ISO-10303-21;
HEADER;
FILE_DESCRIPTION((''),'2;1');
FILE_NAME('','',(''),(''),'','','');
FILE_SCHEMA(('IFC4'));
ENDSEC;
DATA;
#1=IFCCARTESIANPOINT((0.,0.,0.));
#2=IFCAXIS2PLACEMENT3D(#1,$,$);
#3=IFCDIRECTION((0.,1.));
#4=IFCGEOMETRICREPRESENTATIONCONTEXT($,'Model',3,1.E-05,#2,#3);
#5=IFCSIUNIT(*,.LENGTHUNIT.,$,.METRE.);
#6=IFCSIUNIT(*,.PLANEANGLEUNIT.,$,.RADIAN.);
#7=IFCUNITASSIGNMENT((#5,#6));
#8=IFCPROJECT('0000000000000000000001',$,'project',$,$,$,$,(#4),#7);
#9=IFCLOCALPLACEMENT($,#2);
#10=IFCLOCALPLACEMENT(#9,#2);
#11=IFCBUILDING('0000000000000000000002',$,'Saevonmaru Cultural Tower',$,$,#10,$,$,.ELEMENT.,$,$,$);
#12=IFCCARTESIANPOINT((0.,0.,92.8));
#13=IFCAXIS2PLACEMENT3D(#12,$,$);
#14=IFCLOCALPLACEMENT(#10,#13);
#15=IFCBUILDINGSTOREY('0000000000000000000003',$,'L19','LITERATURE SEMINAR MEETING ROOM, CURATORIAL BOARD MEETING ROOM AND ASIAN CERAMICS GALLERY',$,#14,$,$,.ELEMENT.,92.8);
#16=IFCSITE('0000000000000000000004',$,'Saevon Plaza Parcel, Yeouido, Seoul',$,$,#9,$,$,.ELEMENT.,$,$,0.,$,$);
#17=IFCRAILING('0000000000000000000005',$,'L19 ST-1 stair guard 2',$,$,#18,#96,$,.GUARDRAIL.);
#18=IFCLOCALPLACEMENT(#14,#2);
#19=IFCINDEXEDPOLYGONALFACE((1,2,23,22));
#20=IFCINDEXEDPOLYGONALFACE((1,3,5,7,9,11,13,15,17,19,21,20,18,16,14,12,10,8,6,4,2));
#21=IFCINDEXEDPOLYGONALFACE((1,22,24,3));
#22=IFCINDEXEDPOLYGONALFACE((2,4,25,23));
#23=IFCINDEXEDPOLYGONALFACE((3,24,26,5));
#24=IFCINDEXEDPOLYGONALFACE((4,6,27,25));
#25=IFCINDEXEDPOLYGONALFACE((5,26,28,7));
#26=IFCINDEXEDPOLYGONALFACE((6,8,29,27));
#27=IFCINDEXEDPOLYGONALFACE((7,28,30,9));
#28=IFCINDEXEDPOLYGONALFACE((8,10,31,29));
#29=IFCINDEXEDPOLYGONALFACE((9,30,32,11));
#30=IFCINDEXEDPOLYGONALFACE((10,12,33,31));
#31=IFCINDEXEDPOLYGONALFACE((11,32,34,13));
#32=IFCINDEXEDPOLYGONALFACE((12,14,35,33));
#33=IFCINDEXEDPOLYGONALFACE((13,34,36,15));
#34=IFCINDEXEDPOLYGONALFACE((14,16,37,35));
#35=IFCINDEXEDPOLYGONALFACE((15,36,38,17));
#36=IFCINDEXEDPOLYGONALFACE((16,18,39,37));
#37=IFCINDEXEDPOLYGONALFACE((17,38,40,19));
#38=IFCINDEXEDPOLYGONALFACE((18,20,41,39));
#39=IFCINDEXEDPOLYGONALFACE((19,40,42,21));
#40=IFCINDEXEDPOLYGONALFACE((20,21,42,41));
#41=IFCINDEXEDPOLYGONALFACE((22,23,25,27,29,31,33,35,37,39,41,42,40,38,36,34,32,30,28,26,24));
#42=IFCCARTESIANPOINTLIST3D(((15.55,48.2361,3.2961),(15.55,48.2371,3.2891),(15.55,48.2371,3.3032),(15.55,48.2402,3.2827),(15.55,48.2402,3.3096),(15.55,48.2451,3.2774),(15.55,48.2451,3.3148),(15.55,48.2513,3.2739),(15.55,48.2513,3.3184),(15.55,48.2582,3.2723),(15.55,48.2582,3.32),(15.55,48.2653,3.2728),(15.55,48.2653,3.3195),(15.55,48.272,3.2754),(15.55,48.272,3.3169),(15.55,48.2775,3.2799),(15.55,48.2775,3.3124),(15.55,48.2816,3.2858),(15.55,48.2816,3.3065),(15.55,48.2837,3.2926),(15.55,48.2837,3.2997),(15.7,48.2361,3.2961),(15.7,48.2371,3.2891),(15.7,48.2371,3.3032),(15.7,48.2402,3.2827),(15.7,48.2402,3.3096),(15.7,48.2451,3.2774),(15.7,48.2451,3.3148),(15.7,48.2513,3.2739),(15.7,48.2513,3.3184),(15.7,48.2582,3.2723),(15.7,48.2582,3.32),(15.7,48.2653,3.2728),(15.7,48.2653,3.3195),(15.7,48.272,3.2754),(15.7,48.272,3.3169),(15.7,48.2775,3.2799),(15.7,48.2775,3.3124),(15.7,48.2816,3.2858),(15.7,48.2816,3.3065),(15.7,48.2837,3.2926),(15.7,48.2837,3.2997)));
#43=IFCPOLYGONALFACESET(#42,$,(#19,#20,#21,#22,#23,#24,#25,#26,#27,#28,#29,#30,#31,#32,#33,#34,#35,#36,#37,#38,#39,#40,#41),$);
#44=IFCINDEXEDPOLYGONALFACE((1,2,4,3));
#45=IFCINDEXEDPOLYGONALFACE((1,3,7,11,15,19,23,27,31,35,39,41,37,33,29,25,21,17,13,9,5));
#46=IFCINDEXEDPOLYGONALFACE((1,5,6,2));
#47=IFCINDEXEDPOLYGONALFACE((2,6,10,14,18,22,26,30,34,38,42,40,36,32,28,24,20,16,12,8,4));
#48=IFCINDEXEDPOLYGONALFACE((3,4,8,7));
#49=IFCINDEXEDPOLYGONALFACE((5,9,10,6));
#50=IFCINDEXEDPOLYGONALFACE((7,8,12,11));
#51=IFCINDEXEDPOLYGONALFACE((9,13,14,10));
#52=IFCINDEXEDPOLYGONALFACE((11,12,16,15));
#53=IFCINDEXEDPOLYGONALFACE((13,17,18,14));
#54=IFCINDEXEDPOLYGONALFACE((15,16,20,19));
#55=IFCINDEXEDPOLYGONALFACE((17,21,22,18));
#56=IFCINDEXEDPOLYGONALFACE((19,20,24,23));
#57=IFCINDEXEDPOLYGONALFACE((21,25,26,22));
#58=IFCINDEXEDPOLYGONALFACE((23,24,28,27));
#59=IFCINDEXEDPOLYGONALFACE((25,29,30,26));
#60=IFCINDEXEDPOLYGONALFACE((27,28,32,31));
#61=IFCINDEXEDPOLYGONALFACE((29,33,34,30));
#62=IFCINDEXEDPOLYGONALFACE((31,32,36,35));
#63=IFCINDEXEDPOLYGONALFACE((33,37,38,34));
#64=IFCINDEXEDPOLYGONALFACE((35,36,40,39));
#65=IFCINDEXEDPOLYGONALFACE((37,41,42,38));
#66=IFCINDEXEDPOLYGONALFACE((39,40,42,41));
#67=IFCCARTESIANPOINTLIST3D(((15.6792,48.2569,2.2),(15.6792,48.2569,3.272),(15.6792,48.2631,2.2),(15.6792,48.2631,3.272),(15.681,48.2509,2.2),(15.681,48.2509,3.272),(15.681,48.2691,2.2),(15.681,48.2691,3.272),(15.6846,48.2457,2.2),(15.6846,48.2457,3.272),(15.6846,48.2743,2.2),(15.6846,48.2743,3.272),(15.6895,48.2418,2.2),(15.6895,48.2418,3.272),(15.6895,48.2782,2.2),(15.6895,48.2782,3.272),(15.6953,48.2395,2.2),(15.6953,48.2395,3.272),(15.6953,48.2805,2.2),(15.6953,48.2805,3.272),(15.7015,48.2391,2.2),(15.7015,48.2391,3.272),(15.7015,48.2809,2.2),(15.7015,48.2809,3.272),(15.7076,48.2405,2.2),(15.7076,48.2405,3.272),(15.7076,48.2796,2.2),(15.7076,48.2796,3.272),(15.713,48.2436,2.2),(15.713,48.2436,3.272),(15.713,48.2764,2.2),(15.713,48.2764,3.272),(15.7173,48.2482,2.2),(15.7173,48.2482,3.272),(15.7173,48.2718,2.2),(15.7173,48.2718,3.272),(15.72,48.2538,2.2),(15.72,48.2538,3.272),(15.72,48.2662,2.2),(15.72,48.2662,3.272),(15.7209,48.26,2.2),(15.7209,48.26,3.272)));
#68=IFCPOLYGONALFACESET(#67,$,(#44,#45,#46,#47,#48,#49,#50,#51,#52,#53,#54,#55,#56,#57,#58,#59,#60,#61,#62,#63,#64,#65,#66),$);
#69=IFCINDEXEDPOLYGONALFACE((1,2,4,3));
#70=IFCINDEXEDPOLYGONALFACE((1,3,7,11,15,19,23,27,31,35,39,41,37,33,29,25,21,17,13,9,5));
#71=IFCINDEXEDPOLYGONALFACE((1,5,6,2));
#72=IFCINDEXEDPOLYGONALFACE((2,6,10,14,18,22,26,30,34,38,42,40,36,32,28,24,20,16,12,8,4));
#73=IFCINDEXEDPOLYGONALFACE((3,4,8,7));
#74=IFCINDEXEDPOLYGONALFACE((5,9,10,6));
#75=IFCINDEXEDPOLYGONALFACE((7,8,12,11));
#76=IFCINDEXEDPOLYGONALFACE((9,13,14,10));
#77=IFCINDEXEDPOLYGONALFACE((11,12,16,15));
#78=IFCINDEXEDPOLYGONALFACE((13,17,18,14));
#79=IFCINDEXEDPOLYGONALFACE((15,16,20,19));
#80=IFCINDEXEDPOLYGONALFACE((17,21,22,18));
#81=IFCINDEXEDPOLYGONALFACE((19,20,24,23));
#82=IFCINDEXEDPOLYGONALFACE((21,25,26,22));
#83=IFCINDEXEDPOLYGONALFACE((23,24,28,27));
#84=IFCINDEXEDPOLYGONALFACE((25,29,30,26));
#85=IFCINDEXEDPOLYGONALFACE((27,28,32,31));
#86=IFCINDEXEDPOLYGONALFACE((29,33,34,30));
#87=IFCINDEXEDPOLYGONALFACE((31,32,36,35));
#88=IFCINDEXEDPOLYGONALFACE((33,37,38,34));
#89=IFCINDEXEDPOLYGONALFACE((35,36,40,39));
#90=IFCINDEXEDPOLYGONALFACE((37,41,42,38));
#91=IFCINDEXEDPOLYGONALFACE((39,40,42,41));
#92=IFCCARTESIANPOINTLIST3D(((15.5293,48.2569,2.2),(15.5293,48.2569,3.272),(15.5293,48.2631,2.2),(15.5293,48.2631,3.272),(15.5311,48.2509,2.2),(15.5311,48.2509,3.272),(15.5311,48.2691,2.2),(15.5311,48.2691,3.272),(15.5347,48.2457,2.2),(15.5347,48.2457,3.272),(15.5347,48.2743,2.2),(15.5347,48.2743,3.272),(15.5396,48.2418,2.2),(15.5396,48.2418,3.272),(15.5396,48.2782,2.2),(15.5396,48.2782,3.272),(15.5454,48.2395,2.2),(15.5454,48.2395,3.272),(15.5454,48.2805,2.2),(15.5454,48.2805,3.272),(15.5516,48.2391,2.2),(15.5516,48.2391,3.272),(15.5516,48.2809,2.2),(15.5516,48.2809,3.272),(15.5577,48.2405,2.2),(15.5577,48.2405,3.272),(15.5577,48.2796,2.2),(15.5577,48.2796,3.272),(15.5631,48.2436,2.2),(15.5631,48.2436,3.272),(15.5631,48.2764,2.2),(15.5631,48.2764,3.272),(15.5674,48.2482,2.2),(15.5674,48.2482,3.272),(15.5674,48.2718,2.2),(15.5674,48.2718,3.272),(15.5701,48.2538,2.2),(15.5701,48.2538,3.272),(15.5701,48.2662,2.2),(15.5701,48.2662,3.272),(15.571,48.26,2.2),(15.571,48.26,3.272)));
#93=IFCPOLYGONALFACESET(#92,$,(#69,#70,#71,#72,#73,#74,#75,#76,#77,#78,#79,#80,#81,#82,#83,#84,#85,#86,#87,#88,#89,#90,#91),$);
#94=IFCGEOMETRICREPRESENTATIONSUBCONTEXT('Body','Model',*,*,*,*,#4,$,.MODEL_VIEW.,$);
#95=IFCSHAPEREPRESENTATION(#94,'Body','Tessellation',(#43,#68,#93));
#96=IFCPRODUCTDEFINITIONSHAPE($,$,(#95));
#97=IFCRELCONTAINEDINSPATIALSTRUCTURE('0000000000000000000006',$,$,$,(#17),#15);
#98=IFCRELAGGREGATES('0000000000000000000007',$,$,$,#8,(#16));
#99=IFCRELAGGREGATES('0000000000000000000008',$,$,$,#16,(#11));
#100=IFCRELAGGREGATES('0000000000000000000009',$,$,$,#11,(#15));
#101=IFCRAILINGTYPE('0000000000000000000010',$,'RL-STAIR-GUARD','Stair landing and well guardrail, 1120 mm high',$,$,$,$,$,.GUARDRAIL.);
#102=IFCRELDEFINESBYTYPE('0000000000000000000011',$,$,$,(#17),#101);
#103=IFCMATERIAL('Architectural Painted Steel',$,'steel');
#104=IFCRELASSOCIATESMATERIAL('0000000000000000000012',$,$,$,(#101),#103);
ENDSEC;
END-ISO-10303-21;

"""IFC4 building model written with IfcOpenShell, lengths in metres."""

from ifc_helpers import new_model, si_unit, direction, frame, origin, origin_2d, place, context, subcontext, project, spatial, circle, extrude, material, type_object, element, save


model = new_model("IFC4")

# Units and contexts
model_context = context("Model", 3, precision=1e-05, world=origin(), true_north=direction((0.0, 1.0)))
body_context = subcontext(model_context, "Body", "Model", "MODEL_VIEW")
ifc_project = project(units=[si_unit("LENGTHUNIT", "METRE"), si_unit("PLANEANGLEUNIT", "RADIAN")], contexts=[model_context])

# Site, building, storey
site_placement = place(None, origin())
site = spatial("IfcSite", under=ifc_project, at=site_placement, Name="Saevon Plaza Parcel, Yeouido, Seoul", CompositionType="ELEMENT", RefElevation=0.0)
building_placement = place(site_placement, origin())
building = spatial("IfcBuilding", under=site, at=building_placement, Name="Saevonmaru Cultural Tower", CompositionType="ELEMENT")
storey_placement = place(building_placement, frame((0.0, 0.0, 92.8)))
storey = spatial("IfcBuildingStorey", under=building, at=storey_placement, Name="L19", Description="LITERATURE SEMINAR MEETING ROOM, CURATORIAL BOARD MEETING ROOM AND ASIAN CERAMICS GALLERY", CompositionType="ELEMENT", Elevation=92.8)

# Railing
ifc_material_1 = material(Name="Architectural Painted Steel", Category="steel")
railing_type = type_object("IfcRailingType", Name="RL-STAIR-GUARD", Description="Stair landing and well guardrail, 1120 mm high", PredefinedType="GUARDRAIL", material=ifc_material_1)
railing_1_placement = place(storey_placement, frame((15.7, 48.26, 2.2)))
element("IfcRailing", 1, at=railing_1_placement, inside=storey, type_object=railing_type, Name="L19 ST-1 stair guard 2", PredefinedType="GUARDRAIL", context=body_context, shape_type="SweptSolid", body=[
    extrude(circle(Radius=0.0239, at=origin_2d()), frame((0.0, 0.0, 1.0962), z_axis=(-1.0, 0.0, 0.0), x_axis=(0.0, -1.0, 0.0)), (0.0, 0.0, 1.0), 0.1499),
    extrude(circle(Radius=0.021, at=origin_2d()), origin(), (0.0, 0.0, 1.0), 1.072),
    extrude(circle(Radius=0.021, at=origin_2d()), frame((-0.1499, 0.0, 0.0)), (0.0, 0.0, 1.0), 1.072),
])

save(model, "model.ifc")
